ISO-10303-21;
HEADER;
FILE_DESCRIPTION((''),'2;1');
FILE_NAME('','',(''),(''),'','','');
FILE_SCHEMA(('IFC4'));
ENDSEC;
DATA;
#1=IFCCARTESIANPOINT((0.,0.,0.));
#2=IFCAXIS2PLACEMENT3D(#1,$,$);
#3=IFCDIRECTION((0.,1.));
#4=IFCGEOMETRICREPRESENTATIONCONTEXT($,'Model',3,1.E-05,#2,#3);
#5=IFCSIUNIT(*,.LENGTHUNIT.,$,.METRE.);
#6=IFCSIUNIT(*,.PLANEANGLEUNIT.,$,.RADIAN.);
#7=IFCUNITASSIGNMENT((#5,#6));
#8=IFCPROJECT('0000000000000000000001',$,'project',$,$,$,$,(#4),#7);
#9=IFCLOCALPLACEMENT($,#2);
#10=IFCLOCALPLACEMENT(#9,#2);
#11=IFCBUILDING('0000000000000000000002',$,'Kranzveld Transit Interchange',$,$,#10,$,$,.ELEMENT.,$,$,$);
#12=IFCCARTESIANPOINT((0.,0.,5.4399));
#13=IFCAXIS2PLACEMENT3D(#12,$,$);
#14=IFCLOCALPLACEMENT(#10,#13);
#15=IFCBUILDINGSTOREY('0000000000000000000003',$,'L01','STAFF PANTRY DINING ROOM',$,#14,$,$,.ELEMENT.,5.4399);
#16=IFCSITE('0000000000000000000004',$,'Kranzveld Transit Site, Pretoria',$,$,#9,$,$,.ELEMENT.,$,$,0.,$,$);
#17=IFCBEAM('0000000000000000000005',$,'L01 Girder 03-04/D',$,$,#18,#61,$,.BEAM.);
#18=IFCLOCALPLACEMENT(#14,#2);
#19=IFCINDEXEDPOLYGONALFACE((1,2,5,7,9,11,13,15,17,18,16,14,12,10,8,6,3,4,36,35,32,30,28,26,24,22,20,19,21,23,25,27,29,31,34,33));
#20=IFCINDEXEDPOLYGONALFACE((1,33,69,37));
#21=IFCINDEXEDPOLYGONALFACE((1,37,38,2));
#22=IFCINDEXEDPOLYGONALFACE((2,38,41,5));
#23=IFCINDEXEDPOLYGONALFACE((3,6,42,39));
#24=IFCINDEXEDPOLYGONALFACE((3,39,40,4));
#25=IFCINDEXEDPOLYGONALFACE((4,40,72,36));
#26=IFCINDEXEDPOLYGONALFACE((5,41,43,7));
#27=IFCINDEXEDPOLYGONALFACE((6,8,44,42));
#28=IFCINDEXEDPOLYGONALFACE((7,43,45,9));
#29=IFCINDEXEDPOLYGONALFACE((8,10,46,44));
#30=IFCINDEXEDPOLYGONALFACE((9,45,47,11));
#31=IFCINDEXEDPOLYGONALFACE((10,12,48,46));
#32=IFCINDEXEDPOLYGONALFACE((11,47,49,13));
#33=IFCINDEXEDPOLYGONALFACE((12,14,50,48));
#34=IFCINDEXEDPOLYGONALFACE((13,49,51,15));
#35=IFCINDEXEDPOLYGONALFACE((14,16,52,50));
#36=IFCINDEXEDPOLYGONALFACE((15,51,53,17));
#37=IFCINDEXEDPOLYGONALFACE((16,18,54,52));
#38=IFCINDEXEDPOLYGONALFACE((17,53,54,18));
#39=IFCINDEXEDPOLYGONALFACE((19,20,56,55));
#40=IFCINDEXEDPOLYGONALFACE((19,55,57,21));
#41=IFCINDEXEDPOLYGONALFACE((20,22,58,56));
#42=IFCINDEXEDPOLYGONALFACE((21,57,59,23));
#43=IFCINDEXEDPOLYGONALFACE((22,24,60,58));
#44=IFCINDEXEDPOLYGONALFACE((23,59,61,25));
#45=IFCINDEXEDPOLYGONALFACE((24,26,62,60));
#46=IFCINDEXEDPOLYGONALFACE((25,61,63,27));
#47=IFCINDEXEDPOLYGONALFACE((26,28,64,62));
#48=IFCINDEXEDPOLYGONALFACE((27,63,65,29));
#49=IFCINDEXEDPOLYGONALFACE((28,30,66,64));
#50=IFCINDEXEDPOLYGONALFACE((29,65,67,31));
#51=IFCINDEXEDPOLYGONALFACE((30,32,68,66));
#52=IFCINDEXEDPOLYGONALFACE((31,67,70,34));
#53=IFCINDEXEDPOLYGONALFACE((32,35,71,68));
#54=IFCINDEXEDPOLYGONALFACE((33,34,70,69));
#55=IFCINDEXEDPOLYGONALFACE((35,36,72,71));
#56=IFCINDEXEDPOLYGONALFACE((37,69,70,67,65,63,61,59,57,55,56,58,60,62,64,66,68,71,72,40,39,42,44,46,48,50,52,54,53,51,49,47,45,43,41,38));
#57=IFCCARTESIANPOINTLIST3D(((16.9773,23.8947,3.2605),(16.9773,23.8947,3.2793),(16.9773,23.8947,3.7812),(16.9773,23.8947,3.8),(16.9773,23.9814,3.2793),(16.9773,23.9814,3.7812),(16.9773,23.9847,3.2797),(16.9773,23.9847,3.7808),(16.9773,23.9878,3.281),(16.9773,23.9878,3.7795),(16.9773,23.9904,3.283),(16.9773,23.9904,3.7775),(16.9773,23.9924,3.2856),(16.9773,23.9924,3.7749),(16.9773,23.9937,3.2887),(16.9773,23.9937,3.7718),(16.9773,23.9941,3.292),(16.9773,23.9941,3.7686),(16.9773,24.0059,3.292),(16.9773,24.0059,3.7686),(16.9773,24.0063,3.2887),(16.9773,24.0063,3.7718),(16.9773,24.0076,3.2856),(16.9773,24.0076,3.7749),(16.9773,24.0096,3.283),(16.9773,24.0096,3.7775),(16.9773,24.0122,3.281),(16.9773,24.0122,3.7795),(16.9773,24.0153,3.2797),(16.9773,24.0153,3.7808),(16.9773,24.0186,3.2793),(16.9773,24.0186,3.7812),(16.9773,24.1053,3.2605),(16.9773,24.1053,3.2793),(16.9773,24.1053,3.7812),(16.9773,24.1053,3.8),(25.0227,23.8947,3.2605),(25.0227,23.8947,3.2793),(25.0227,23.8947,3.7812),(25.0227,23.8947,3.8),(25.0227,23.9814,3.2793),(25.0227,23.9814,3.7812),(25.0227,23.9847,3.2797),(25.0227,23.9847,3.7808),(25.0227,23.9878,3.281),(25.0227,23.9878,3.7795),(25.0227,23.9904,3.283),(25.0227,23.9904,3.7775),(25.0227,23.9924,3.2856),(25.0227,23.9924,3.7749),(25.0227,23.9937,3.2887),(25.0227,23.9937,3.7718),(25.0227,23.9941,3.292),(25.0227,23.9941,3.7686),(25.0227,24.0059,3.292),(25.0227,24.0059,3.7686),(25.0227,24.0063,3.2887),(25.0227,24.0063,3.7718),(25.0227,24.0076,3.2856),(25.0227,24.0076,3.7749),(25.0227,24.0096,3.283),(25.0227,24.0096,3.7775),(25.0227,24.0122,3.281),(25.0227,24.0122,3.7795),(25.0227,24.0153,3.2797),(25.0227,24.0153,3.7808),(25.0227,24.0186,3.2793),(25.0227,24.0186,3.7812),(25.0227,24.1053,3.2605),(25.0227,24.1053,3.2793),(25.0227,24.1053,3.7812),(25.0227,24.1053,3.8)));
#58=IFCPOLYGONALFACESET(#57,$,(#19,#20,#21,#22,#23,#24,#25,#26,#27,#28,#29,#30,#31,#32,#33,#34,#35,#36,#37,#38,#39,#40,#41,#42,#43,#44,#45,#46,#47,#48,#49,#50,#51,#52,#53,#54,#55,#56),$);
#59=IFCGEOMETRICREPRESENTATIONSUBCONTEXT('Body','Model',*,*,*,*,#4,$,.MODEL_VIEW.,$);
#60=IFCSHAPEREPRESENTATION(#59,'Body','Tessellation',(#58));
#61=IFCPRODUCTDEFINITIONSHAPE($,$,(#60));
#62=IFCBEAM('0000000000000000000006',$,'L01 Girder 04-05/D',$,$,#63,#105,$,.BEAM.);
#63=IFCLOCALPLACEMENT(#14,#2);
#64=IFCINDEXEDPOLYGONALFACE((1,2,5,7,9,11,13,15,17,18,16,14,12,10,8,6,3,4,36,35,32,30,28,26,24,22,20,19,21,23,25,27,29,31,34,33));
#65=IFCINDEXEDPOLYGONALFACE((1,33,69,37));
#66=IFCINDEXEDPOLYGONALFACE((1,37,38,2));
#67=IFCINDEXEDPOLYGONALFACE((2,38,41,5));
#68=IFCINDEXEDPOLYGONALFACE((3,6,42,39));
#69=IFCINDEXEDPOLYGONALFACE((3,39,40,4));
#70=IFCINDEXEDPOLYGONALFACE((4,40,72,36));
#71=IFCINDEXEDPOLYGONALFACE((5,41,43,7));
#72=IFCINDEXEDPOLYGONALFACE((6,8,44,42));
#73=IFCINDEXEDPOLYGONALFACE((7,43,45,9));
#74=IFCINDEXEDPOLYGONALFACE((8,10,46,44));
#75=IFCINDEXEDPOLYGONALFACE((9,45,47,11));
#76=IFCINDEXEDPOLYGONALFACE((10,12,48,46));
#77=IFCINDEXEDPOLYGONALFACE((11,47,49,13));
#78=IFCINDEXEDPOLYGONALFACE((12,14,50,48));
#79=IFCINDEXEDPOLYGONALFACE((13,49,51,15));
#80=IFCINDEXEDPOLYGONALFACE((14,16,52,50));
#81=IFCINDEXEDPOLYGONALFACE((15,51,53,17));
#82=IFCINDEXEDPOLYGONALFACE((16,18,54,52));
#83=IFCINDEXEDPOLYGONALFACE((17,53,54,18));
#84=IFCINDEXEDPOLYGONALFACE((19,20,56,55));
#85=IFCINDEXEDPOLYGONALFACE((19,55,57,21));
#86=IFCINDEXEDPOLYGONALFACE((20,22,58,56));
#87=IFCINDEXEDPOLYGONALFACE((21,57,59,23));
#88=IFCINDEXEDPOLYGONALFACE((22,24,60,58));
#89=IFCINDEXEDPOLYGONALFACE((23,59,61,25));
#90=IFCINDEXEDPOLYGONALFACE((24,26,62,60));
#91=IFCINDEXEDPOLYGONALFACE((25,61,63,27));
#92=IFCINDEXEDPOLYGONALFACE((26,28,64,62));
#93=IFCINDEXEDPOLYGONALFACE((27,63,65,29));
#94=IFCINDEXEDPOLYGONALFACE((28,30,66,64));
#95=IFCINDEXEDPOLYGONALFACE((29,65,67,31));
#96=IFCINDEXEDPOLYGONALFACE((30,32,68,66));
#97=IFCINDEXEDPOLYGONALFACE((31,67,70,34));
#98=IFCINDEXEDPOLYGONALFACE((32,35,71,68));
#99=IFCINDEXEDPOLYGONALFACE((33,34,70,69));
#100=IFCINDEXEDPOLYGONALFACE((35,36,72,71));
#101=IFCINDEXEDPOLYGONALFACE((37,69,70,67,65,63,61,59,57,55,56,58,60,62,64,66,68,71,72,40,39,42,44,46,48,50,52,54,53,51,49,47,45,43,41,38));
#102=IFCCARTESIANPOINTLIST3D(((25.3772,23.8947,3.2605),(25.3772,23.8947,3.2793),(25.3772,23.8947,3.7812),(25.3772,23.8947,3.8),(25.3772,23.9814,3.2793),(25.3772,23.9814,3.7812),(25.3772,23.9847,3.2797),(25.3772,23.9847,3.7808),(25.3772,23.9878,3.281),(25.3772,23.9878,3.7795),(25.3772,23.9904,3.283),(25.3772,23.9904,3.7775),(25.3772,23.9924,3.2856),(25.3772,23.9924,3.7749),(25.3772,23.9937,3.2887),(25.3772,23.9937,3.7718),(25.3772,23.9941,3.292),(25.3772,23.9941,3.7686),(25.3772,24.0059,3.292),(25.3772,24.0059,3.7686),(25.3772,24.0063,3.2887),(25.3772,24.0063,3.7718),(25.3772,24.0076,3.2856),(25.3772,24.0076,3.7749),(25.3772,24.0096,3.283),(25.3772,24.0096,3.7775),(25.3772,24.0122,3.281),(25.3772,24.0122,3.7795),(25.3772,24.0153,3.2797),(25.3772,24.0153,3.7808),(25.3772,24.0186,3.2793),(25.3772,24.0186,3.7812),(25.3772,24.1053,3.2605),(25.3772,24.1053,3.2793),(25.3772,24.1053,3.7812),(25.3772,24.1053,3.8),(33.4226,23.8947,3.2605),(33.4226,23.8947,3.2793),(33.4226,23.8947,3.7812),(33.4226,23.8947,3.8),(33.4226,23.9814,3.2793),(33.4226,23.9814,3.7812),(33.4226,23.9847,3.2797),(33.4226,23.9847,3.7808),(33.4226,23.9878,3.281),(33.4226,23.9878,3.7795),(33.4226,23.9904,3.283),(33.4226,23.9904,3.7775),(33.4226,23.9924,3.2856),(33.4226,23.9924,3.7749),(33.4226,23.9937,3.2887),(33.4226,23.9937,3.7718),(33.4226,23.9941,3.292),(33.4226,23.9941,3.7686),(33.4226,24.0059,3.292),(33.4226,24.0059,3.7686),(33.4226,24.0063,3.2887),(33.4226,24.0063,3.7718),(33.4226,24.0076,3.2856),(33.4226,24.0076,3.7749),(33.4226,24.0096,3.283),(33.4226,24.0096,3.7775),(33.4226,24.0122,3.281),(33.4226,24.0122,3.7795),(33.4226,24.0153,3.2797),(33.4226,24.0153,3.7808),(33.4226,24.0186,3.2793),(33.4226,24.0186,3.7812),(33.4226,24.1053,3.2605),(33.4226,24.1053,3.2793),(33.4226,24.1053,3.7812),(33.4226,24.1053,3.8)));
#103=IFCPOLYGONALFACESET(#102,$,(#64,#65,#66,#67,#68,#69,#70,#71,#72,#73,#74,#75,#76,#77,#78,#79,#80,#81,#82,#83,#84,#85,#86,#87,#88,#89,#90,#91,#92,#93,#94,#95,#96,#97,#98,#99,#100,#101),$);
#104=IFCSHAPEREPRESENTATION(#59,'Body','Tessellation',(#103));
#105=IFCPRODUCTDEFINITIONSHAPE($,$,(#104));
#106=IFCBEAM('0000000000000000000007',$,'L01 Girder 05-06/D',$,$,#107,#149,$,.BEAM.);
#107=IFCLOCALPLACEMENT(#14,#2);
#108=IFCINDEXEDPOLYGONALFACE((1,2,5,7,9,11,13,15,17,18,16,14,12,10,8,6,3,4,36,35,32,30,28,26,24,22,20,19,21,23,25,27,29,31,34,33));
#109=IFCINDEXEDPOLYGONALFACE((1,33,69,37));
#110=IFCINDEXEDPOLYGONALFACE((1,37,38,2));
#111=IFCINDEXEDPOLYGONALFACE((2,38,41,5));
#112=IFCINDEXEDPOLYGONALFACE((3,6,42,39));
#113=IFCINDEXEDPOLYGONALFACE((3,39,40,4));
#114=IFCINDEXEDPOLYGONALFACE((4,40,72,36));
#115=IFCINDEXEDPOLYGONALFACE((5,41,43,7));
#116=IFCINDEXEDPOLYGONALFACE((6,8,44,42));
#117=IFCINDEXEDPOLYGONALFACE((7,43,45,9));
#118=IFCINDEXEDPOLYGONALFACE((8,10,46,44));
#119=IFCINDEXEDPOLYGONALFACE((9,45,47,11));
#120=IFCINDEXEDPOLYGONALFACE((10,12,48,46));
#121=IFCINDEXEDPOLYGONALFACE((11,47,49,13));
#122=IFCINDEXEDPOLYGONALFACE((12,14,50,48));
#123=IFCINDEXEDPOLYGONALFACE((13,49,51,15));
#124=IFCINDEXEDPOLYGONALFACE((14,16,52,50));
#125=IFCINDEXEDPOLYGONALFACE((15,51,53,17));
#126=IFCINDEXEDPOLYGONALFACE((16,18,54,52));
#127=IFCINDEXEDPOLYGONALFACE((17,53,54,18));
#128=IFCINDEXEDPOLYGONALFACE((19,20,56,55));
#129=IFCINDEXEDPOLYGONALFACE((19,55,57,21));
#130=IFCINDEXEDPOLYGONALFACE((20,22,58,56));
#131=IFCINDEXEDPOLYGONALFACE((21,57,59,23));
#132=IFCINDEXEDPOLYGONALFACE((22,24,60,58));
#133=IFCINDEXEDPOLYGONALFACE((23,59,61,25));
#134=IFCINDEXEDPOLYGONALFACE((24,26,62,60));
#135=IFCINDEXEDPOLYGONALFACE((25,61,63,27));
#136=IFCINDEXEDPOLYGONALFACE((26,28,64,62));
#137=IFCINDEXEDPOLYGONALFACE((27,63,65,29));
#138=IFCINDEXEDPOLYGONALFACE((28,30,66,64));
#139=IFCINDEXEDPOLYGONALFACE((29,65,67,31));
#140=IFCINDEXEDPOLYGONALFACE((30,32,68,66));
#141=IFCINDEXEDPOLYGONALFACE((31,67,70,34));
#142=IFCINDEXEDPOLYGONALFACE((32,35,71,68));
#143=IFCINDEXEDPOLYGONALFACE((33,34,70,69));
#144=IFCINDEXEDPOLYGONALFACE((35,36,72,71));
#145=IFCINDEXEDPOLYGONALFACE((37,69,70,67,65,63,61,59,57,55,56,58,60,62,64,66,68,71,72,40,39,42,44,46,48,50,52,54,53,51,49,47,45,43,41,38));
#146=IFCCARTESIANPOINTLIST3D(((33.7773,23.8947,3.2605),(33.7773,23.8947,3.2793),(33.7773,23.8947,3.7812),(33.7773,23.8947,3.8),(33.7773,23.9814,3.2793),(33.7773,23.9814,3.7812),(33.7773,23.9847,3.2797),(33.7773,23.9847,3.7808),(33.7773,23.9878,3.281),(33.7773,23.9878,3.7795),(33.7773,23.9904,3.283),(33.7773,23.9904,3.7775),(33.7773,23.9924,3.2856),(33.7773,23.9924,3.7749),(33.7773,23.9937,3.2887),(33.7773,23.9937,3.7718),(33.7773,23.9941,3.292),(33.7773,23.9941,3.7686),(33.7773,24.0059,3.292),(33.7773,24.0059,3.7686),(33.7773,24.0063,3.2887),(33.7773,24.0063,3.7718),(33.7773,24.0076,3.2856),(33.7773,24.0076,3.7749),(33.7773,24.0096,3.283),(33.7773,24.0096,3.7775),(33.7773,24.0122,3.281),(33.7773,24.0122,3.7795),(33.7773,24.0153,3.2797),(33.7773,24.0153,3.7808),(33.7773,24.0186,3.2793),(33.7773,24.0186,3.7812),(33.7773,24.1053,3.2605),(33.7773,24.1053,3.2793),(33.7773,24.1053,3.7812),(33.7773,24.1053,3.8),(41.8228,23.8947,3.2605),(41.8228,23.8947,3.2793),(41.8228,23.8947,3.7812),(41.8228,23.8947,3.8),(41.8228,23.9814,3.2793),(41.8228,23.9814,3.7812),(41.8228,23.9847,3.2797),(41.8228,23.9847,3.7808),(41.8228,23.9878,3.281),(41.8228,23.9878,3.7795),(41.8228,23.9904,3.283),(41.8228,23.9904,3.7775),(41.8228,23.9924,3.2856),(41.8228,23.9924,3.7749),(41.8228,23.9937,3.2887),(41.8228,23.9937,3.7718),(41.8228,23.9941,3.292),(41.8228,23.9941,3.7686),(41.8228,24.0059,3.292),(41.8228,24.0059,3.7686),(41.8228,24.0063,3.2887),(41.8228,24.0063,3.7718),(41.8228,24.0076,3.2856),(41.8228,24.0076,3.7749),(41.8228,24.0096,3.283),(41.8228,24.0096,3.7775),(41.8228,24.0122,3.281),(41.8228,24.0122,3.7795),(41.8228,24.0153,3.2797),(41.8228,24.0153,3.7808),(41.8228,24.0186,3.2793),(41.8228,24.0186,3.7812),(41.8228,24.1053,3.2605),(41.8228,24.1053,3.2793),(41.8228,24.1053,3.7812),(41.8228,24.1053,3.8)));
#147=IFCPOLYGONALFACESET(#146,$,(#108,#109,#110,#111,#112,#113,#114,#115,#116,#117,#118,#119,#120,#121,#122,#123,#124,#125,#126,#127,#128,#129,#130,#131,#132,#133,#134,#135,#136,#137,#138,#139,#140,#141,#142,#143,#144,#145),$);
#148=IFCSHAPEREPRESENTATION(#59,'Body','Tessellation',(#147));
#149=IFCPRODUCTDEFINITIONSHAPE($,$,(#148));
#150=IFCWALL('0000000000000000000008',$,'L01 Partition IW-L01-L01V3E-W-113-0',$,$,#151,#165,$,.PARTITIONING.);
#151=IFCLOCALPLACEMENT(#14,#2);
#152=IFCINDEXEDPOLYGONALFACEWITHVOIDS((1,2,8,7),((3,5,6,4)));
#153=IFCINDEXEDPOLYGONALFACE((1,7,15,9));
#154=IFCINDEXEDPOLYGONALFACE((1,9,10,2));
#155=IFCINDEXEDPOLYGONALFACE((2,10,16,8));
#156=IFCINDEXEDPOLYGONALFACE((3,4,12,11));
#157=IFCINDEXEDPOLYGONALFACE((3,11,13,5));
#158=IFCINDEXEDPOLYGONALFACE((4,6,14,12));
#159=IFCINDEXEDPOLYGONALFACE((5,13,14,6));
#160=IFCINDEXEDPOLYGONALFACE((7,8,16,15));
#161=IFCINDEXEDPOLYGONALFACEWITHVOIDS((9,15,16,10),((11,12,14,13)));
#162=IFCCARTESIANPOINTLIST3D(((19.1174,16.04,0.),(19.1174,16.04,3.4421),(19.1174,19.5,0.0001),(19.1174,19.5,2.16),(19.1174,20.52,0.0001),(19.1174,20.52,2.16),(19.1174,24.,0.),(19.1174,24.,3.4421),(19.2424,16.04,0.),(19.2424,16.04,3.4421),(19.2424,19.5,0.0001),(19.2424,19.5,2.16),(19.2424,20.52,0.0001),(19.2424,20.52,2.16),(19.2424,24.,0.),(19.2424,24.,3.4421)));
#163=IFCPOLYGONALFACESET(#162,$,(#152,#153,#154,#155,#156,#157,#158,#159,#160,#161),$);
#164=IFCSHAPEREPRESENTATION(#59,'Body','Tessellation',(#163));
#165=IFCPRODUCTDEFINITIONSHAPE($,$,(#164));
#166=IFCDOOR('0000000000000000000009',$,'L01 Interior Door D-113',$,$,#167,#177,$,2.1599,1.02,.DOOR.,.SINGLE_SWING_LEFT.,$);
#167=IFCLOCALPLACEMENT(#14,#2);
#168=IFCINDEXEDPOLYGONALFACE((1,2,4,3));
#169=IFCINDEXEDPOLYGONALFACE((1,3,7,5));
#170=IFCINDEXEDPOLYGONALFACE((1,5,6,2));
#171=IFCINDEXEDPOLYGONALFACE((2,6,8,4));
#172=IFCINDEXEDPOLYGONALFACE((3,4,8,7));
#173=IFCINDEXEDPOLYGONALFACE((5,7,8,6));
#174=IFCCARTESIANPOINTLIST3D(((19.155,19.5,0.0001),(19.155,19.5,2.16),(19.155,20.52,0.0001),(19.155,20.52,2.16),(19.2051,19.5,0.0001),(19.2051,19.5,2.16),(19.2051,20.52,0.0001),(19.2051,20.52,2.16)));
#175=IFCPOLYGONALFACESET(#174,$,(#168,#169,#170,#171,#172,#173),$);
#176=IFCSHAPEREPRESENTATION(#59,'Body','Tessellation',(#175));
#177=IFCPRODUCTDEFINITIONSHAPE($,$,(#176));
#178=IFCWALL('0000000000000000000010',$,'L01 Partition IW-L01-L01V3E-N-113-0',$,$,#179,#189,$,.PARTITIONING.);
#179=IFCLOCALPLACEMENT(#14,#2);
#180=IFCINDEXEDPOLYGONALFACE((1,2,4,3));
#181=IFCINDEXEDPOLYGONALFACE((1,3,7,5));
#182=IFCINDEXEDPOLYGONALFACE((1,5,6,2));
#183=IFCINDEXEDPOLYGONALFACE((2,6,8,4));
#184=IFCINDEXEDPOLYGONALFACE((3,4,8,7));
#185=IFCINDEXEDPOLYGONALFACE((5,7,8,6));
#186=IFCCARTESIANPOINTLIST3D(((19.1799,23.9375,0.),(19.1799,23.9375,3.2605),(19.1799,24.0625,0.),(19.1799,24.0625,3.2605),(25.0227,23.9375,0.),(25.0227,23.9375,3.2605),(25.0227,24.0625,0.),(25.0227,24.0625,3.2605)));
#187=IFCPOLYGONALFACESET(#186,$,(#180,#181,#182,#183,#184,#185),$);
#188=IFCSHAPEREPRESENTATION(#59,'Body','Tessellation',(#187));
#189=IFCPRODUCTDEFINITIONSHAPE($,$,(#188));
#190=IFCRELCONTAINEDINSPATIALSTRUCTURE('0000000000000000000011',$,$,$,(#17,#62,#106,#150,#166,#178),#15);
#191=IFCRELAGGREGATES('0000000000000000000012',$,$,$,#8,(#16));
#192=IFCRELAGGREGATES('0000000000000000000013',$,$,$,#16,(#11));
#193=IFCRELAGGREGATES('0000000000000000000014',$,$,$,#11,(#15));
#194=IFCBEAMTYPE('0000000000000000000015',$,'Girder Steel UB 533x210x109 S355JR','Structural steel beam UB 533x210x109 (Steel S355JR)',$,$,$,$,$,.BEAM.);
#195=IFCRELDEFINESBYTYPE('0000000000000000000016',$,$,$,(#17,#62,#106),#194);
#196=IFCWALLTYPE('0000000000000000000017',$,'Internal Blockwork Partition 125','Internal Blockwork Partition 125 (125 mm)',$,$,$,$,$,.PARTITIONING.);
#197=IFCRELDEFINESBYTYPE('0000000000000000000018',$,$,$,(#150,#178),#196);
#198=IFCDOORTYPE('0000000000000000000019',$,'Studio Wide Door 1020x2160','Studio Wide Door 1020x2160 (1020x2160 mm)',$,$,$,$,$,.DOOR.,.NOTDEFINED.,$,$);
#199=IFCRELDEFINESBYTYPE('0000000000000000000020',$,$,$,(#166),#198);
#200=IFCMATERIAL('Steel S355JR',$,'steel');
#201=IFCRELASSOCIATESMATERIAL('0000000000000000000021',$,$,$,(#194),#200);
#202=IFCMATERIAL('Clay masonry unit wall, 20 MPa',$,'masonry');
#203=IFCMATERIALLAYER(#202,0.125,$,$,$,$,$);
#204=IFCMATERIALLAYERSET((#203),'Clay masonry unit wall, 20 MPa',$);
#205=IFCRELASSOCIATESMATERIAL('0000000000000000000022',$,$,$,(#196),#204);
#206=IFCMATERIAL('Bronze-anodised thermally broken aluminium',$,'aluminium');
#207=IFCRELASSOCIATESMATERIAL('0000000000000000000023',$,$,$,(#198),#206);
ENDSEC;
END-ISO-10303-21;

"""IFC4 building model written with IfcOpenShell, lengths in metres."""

from ifc_helpers import new_model, si_unit, direction, frame, frame_2d, origin, origin_2d, place, context, subcontext, project, spatial, rectangle, i_section, extrude, material, layer, layer_set, material_profile, profile_set, type_object, element, fill, save


model = new_model("IFC4")

# Units and contexts
model_context = context("Model", 3, precision=1e-05, world=origin(), true_north=direction((0.0, 1.0)))
body_context = subcontext(model_context, "Body", "Model", "MODEL_VIEW")
ifc_project = project(units=[si_unit("LENGTHUNIT", "METRE"), si_unit("PLANEANGLEUNIT", "RADIAN")], contexts=[model_context])

# Site, building, storey
site_placement = place(None, origin())
site = spatial("IfcSite", under=ifc_project, at=site_placement, Name="Kranzveld Transit Site, Pretoria", CompositionType="ELEMENT", RefElevation=0.0)
building_placement = place(site_placement, origin())
building = spatial("IfcBuilding", under=site, at=building_placement, Name="Kranzveld Transit Interchange", CompositionType="ELEMENT")
storey_placement = place(building_placement, frame((0.0, 0.0, 5.4399)))
storey = spatial("IfcBuildingStorey", under=building, at=storey_placement, Name="L01", Description="STAFF PANTRY DINING ROOM", CompositionType="ELEMENT", Elevation=5.4399)

# Beams
ifc_material_1 = material(Name="Steel S355JR", Category="steel")
ifc_material_profile_1 = material_profile(ifc_material_1, i_section(OverallWidth=0.2107, OverallDepth=0.5396, WebThickness=0.0117, FlangeThickness=0.0188, FilletRadius=0.0127, at=origin_2d()), Name="UB 533x210x109")
ifc_profile_set_1 = profile_set([ifc_material_profile_1], Name="Steel S355JR")
beam_type_1 = type_object("IfcBeamType", Name="Girder Steel UB 533x210x109 S355JR", Description="Structural steel beam UB 533x210x109 (Steel S355JR)", PredefinedType="BEAM", material=ifc_profile_set_1)
for number, where, z_axis, x_axis, name in (
    (1, (16.9773, 24.0, 3.5303), (1.0, 0.0, 0.0), (0.0, 1.0, 0.0), "L01 Girder 03-04/D"),
    (2, (25.3772, 24.0, 3.5303), (1.0, 0.0, 0.0), (0.0, 1.0, 0.0), "L01 Girder 04-05/D"),
    (3, (33.7773, 24.0, 3.5303), (1.0, 0.0, 0.0), (0.0, 1.0, 0.0), "L01 Girder 05-06/D"),
):
    element("IfcBeam", number, at=place(storey_placement, frame(where, z_axis=z_axis, x_axis=x_axis)), inside=storey, type_object=beam_type_1, Name=name, PredefinedType="BEAM", context=body_context, shape_type="SweptSolid", body=[
        extrude(i_section(OverallWidth=0.2107, OverallDepth=0.5396, WebThickness=0.0117, FlangeThickness=0.0188, FilletRadius=0.0127, at=origin_2d()), origin(), (0.0, 0.0, 1.0), 8.0454),
    ])

# Wall, opening, door
ifc_material_2 = material(Name="Clay masonry unit wall, 20 MPa", Category="masonry")
ifc_layer = layer(ifc_material_2, 0.125)
ifc_layer_set = layer_set([ifc_layer], Name="Clay masonry unit wall, 20 MPa")
wall_type = type_object("IfcWallType", Name="Internal Blockwork Partition 125", Description="Internal Blockwork Partition 125 (125 mm)", PredefinedType="PARTITIONING", material=ifc_layer_set)
wall_1_placement = place(storey_placement, frame((19.1799, 16.04, 0.0), z_axis=(0.0, 0.0, 1.0), x_axis=(0.0, 1.0, 0.0)))
wall_1 = element("IfcWall", 4, at=wall_1_placement, inside=storey, type_object=wall_type, Name="L01 Partition IW-L01-L01V3E-W-113-0", PredefinedType="PARTITIONING", context=body_context, shape_type="SweptSolid", body=[
    extrude(rectangle(XDim=7.96, YDim=0.125, at=frame_2d((3.98, 0.0))), origin(), (0.0, 0.0, 1.0), 3.4421),
])
opening_placement = place(wall_1_placement, frame((3.46, 0.0, 0.0), z_axis=(0.0, 0.0, 1.0), x_axis=(1.0, 0.0, 0.0)))
opening = element("IfcOpeningElement", 5, at=opening_placement, cuts=wall_1, PredefinedType="OPENING", context=body_context, shape_type="SweptSolid", body=[
    extrude(rectangle(XDim=1.02, YDim=2.1599, at=frame_2d((0.51, 1.0801))), frame((0.0, 0.0725, 0.0), z_axis=(0.0, -1.0, 0.0), x_axis=(1.0, 0.0, 0.0)), (0.0, 0.0, 1.0), 0.145),
])
ifc_material_3 = material(Name="Bronze-anodised thermally broken aluminium", Category="aluminium")
door_type = type_object("IfcDoorType", Name="Studio Wide Door 1020x2160", Description="Studio Wide Door 1020x2160 (1020x2160 mm)", OperationType="NOTDEFINED", PredefinedType="DOOR", material=ifc_material_3)
door_placement = place(opening_placement, origin())
door = element("IfcDoor", 6, at=door_placement, inside=storey, type_object=door_type, Name="L01 Interior Door D-113", OperationType="SINGLE_SWING_LEFT", OverallHeight=2.1599, OverallWidth=1.02, PredefinedType="DOOR", context=body_context, shape_type="SweptSolid", body=[
    extrude(rectangle(XDim=1.02, YDim=2.1599, at=frame_2d((0.51, 1.0801))), frame((0.0, 0.0249, 0.0), z_axis=(0.0, -1.0, 0.0), x_axis=(1.0, 0.0, 0.0)), (0.0, 0.0, 1.0), 0.05),
])
fill(opening, door)

# Wall
wall_2_placement = place(storey_placement, frame((19.1799, 24.0, 0.0), z_axis=(0.0, 0.0, 1.0), x_axis=(1.0, 0.0, 0.0)))
element("IfcWall", 7, at=wall_2_placement, inside=storey, type_object=wall_type, Name="L01 Partition IW-L01-L01V3E-N-113-0", PredefinedType="PARTITIONING", context=body_context, shape_type="SweptSolid", body=[
    extrude(rectangle(XDim=5.8428, YDim=0.125, at=frame_2d((2.9214, 0.0))), origin(), (0.0, 0.0, 1.0), 3.2605),
])

save(model, "model.ifc")
